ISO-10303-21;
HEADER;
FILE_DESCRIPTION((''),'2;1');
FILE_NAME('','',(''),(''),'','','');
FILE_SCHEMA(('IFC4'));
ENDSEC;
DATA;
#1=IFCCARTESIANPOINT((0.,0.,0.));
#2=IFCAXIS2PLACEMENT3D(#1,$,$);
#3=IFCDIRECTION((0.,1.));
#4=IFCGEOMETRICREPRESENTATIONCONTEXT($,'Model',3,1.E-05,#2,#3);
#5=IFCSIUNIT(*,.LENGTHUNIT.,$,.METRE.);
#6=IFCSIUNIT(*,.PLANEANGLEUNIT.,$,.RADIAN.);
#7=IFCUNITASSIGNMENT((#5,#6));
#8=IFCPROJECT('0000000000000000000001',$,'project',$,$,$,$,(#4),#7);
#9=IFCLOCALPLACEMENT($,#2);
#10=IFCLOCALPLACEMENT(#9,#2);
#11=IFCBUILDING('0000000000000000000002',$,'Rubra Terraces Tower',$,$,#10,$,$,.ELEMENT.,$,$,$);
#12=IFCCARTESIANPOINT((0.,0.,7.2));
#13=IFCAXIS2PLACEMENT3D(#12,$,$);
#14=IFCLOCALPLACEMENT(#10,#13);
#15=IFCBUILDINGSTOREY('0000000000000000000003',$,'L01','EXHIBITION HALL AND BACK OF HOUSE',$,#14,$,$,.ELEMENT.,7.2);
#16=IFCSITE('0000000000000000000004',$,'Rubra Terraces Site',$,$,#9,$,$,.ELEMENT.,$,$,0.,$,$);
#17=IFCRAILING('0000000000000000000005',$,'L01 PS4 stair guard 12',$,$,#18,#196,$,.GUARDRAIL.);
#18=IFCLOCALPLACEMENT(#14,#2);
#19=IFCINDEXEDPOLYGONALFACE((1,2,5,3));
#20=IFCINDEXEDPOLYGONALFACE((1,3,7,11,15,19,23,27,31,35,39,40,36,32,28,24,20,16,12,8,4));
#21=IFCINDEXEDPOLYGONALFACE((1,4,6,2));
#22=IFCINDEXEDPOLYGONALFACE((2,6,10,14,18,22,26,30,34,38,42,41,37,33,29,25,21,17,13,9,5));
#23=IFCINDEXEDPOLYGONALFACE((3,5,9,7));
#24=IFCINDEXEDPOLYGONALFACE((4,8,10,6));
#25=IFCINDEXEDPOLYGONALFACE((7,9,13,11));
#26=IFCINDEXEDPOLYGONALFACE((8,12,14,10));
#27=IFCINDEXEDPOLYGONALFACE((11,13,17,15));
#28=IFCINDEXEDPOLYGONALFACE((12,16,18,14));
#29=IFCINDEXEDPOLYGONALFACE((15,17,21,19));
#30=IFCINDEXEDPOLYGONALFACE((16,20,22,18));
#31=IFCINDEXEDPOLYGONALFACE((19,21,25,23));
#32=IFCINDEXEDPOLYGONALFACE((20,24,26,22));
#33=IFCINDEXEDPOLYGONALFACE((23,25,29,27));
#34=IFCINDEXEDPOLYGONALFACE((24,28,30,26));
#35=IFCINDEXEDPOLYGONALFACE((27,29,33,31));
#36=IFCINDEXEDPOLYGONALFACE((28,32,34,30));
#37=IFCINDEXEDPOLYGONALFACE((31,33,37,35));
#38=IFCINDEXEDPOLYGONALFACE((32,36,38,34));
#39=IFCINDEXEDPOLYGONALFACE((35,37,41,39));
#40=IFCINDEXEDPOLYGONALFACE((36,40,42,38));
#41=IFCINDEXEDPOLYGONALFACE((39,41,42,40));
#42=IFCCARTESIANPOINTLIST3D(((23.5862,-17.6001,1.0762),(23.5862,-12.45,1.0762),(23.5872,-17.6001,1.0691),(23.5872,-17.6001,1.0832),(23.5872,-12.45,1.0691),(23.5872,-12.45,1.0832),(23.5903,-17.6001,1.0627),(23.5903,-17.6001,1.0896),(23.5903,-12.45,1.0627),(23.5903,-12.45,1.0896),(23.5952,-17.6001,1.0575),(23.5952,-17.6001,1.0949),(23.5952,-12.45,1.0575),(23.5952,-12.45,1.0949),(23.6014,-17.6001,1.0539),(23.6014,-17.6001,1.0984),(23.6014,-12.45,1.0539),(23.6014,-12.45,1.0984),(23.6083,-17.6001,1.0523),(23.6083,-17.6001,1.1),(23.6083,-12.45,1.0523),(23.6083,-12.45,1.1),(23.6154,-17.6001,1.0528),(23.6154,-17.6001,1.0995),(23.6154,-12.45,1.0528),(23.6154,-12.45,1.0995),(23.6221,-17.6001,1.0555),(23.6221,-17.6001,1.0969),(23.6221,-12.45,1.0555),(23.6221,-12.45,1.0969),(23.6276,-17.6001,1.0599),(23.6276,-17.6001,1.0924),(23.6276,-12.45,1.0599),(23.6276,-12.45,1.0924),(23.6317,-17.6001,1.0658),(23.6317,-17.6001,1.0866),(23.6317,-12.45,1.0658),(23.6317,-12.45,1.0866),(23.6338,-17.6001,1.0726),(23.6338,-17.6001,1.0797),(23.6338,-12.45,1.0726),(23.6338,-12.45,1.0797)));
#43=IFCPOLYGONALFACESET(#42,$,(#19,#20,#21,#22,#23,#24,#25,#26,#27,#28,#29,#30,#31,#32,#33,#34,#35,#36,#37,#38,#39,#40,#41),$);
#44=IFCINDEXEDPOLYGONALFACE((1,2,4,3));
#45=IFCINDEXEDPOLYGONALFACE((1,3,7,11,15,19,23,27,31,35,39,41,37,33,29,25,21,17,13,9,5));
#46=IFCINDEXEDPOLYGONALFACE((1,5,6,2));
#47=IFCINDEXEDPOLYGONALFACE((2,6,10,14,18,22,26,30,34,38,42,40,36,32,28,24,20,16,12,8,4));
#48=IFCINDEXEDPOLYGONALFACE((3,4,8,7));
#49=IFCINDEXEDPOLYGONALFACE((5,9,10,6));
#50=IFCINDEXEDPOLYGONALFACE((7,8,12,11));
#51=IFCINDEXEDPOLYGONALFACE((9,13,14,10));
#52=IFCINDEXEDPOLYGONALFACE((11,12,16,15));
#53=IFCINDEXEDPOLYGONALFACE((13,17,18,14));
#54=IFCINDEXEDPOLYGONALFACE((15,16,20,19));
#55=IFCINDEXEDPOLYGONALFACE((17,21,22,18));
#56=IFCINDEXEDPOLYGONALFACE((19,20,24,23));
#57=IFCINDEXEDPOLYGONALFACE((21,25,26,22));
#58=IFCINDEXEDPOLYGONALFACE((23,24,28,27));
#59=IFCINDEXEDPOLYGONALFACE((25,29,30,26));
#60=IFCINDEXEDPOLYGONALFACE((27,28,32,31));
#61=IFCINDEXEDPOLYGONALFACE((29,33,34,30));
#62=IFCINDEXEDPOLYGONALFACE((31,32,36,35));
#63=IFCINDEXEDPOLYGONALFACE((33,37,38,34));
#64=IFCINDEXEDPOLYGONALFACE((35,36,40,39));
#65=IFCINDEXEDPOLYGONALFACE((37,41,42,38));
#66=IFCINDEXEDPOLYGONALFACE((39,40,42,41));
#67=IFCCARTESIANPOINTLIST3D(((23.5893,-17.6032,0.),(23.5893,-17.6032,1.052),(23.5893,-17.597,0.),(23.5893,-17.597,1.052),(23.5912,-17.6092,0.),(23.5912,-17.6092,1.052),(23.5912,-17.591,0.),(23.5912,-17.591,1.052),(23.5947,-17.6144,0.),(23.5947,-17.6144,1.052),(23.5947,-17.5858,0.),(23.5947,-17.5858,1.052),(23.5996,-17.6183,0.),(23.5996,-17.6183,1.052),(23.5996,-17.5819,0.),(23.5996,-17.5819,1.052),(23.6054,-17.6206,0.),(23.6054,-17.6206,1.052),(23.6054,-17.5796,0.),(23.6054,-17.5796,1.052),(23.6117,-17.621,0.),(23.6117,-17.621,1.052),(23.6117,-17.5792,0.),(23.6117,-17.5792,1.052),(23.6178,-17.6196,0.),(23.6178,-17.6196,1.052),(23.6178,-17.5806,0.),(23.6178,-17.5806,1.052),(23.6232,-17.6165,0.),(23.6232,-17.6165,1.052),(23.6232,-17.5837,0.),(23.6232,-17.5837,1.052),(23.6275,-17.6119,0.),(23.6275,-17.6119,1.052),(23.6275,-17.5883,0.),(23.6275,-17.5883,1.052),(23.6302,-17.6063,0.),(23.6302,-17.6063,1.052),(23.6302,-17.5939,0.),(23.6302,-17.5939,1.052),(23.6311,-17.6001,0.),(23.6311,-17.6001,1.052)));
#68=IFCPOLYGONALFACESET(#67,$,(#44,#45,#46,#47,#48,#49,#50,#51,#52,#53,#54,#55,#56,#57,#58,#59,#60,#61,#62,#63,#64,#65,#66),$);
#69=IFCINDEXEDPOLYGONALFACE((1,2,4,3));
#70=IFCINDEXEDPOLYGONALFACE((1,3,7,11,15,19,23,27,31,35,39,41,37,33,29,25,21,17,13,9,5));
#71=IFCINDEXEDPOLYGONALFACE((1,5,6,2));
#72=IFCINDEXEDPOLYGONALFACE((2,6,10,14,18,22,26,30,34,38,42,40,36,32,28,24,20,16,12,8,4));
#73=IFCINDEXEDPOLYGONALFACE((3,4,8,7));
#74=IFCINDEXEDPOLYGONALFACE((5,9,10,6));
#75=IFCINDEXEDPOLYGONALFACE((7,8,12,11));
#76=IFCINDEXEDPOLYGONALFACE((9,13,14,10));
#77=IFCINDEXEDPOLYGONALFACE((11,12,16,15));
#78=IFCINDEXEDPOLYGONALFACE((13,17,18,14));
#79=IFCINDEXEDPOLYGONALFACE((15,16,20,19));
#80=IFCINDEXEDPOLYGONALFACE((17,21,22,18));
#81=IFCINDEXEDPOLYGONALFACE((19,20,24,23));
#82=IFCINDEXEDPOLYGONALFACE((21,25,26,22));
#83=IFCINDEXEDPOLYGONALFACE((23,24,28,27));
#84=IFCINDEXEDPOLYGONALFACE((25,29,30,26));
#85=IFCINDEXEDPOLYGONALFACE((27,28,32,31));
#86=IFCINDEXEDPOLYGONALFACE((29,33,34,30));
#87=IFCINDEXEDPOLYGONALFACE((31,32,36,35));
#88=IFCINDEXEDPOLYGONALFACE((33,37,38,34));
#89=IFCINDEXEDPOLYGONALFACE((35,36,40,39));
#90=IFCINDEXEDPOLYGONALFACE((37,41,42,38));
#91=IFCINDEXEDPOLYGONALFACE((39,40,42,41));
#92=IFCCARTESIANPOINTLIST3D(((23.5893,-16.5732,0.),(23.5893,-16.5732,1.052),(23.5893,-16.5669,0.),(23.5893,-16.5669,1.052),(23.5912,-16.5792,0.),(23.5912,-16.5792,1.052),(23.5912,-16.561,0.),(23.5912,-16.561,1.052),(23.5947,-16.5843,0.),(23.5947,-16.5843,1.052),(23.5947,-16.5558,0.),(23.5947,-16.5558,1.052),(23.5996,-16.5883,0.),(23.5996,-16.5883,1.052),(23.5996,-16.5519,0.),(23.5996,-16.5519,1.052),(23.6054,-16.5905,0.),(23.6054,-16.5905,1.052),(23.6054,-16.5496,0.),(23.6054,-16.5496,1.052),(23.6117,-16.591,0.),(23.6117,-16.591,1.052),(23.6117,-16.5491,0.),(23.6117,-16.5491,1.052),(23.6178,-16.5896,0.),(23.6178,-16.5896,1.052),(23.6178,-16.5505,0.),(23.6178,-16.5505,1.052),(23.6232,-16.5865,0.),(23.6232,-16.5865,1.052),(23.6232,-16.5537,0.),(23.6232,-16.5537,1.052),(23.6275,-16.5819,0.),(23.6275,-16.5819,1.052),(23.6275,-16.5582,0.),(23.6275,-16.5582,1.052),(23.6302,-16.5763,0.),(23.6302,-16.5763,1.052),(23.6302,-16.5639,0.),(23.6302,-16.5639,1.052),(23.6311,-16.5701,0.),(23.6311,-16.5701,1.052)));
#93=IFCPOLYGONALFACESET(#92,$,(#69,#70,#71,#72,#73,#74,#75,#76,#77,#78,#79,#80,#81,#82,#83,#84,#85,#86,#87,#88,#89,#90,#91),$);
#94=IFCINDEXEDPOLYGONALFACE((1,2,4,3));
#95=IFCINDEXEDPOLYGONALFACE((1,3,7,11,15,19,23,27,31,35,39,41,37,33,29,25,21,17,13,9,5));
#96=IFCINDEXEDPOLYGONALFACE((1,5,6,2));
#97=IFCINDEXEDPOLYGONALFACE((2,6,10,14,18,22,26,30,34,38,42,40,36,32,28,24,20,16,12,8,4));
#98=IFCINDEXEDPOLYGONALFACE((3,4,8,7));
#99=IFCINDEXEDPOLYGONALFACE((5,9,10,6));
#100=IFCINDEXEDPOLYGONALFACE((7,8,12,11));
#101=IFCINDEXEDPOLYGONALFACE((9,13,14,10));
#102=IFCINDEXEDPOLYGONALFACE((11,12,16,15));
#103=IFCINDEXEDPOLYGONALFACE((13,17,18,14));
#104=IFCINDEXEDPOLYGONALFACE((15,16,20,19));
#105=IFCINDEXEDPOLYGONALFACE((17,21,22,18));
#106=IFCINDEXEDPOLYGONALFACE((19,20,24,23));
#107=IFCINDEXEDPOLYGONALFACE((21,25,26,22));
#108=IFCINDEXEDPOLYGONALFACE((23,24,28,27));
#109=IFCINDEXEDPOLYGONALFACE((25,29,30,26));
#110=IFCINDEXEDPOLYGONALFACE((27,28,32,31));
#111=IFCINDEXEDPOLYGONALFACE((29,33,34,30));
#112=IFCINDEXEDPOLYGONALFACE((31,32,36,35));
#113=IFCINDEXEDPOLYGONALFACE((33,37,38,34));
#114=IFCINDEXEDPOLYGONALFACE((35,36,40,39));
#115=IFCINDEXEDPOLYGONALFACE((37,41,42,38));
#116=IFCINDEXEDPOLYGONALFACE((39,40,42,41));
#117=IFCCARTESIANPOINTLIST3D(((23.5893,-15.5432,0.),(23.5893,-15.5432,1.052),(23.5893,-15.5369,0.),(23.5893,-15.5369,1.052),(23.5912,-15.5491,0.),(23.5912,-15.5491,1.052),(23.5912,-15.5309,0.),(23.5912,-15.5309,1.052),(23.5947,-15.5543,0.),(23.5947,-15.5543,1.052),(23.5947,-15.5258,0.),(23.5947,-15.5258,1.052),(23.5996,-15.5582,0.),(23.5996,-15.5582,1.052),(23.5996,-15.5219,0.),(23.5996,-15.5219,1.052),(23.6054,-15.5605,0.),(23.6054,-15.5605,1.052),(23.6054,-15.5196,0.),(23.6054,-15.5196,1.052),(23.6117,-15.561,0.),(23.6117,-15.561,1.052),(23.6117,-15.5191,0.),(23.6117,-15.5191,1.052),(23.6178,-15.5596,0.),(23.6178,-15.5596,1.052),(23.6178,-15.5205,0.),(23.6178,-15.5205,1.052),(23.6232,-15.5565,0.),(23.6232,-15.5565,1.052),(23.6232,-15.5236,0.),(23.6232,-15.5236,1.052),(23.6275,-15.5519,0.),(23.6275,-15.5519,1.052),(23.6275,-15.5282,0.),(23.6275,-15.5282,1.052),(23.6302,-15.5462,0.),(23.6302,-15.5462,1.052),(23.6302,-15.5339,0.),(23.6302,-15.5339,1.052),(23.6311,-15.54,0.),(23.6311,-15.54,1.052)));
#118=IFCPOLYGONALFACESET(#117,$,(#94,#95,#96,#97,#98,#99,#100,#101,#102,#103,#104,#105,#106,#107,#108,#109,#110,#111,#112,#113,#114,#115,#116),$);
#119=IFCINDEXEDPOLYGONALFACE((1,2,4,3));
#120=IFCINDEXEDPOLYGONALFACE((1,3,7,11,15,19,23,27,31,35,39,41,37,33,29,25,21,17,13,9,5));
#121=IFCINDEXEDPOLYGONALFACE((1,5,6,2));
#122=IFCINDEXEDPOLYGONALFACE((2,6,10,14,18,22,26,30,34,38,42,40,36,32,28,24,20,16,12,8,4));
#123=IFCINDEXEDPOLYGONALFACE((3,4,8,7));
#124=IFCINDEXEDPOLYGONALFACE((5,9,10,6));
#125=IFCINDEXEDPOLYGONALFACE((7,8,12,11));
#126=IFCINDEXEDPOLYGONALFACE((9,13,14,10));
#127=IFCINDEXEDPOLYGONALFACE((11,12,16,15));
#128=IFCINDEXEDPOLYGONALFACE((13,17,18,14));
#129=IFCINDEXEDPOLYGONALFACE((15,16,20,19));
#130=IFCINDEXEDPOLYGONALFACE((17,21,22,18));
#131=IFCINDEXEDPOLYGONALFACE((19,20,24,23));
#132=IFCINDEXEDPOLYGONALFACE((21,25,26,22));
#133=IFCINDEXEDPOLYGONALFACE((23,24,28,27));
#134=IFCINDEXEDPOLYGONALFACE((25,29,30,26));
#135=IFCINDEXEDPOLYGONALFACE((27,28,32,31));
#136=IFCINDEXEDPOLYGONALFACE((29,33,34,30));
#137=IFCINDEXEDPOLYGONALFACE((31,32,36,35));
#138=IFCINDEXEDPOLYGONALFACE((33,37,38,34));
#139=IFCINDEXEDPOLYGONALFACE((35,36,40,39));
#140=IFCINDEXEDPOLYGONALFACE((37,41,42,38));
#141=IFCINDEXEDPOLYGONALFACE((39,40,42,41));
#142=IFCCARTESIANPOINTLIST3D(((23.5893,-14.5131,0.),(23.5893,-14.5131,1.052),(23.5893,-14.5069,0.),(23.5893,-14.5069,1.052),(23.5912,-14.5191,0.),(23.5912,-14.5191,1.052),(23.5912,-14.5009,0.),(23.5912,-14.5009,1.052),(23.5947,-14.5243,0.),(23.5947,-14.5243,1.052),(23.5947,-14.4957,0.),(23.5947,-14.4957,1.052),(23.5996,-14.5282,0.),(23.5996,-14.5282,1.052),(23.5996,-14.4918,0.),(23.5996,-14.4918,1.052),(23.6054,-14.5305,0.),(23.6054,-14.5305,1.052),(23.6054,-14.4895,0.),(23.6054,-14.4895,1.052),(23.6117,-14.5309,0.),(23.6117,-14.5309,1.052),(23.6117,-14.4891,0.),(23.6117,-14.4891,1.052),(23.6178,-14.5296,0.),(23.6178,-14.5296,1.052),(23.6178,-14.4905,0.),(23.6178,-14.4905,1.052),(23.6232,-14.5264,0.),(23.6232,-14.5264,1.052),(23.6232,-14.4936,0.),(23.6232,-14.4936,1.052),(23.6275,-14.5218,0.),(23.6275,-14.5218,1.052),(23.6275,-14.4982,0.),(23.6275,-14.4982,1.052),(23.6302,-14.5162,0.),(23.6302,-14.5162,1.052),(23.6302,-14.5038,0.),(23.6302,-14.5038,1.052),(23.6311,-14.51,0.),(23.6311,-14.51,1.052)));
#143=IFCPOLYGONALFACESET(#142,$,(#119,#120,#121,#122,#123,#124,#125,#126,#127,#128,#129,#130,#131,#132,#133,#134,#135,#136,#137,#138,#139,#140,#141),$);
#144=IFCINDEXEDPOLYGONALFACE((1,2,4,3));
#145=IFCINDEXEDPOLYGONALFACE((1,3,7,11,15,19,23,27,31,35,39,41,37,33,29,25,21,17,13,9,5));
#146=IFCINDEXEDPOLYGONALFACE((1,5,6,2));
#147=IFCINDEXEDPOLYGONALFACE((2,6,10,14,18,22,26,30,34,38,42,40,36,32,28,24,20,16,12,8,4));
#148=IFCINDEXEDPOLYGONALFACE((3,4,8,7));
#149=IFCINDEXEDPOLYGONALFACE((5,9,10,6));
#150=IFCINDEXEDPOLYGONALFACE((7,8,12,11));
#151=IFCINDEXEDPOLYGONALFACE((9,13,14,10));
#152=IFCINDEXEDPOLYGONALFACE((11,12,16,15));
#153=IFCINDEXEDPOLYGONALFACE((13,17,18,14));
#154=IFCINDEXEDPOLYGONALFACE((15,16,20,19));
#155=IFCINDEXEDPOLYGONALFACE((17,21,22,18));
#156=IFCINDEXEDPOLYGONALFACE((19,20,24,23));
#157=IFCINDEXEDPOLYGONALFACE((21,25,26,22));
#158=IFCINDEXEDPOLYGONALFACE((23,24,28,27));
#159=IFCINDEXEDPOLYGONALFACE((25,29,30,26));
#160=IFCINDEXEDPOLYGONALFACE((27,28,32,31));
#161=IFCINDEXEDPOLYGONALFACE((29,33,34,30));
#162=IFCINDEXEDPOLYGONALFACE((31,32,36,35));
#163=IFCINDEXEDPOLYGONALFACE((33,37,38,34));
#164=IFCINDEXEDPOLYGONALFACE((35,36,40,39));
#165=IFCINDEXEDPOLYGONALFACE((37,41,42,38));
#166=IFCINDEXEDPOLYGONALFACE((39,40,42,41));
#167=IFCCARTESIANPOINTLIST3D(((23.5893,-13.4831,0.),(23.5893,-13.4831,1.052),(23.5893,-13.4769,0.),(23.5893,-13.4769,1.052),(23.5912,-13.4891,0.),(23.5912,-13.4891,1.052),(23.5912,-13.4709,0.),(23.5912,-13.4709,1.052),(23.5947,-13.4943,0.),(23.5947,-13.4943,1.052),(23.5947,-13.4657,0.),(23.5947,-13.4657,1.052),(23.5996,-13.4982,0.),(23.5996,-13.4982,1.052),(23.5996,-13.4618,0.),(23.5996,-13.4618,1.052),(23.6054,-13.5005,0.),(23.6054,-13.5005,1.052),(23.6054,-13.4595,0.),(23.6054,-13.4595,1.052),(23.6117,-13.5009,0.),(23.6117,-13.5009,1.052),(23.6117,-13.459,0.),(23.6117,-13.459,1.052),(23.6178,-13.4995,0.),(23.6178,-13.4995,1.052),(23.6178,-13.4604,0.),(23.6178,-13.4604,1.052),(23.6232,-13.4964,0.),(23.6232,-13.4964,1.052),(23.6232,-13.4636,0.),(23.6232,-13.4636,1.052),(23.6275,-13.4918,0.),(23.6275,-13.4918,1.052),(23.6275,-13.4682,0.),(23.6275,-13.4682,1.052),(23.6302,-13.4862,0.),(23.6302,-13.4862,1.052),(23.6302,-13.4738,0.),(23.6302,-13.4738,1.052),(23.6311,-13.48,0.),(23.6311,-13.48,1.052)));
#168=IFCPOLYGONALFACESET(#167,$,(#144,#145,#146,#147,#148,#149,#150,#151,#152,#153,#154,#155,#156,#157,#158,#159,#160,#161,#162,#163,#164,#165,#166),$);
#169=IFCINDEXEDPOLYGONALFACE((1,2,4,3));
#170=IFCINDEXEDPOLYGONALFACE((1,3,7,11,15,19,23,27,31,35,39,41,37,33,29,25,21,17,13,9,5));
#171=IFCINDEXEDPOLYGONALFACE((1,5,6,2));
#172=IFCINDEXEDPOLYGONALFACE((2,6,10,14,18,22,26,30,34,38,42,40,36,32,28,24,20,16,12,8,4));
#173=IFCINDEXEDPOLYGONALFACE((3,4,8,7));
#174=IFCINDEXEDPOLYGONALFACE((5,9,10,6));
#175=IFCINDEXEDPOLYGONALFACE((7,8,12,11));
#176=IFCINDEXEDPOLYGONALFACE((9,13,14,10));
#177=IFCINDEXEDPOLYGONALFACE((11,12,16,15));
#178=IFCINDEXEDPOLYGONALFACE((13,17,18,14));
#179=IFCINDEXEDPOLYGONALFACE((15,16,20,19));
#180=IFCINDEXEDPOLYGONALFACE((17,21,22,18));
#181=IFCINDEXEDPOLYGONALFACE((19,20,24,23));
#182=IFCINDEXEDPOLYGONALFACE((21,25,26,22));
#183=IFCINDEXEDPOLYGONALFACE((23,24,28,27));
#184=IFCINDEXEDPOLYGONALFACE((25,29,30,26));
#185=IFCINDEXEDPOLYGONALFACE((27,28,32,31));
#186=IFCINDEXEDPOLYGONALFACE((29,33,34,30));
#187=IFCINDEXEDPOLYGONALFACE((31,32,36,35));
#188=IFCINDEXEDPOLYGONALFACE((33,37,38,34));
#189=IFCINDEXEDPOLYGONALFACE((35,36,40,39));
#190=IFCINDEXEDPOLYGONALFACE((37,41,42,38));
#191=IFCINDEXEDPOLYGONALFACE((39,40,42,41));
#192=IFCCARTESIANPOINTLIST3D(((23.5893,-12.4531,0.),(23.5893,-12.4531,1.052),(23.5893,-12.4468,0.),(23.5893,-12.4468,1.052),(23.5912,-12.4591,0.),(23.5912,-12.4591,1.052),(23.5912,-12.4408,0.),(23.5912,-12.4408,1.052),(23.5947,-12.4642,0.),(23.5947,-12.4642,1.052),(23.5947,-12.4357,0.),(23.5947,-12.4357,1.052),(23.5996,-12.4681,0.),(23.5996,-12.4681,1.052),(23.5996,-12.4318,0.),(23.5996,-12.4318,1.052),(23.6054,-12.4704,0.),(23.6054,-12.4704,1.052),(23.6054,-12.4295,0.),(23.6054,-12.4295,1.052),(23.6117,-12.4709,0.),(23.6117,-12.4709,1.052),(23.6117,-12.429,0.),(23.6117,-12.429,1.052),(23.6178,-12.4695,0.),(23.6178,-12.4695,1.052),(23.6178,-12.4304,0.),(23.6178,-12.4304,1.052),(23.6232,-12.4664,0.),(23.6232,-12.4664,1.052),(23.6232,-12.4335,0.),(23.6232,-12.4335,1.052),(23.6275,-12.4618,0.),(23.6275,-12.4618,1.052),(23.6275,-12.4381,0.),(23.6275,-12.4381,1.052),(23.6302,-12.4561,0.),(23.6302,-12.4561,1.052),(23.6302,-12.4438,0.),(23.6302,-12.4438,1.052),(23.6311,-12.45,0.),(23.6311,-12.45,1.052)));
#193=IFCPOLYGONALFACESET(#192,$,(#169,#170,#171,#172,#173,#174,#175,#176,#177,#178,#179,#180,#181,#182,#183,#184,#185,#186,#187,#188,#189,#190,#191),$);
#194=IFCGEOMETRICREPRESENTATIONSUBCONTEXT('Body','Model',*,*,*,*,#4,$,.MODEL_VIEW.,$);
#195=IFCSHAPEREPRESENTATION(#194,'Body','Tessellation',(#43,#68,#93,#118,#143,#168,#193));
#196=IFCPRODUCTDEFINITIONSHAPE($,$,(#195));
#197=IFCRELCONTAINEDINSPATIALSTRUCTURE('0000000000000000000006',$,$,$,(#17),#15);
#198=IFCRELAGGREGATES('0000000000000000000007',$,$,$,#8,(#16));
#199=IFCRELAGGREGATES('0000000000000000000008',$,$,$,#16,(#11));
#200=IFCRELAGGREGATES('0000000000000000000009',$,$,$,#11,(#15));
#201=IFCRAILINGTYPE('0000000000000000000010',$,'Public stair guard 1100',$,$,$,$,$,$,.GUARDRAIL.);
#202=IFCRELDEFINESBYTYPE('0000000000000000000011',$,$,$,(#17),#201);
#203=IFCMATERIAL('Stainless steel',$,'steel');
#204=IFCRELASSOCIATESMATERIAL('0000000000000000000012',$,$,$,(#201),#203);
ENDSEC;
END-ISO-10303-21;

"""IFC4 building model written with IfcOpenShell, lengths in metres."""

from ifc_helpers import new_model, si_unit, direction, frame, origin, origin_2d, place, context, subcontext, project, spatial, circle, extrude, material, type_object, element, save


model = new_model("IFC4")

# Units and contexts
model_context = context("Model", 3, precision=1e-05, world=origin(), true_north=direction((0.0, 1.0)))
body_context = subcontext(model_context, "Body", "Model", "MODEL_VIEW")
ifc_project = project(units=[si_unit("LENGTHUNIT", "METRE"), si_unit("PLANEANGLEUNIT", "RADIAN")], contexts=[model_context])

# Site, building, storey
site_placement = place(None, origin())
site = spatial("IfcSite", under=ifc_project, at=site_placement, Name="Rubra Terraces Site", CompositionType="ELEMENT", RefElevation=0.0)
building_placement = place(site_placement, origin())
building = spatial("IfcBuilding", under=site, at=building_placement, Name="Rubra Terraces Tower", CompositionType="ELEMENT")
storey_placement = place(building_placement, frame((0.0, 0.0, 7.2)))
storey = spatial("IfcBuildingStorey", under=building, at=storey_placement, Name="L01", Description="EXHIBITION HALL AND BACK OF HOUSE", CompositionType="ELEMENT", Elevation=7.2)

# Railing
ifc_material_1 = material(Name="Stainless steel", Category="steel")
railing_type = type_object("IfcRailingType", Name="Public stair guard 1100", PredefinedType="GUARDRAIL", material=ifc_material_1)
railing_1_placement = place(storey_placement, frame((23.6101, -17.6001, 0.0)))
element("IfcRailing", 1, at=railing_1_placement, inside=storey, type_object=railing_type, Name="L01 PS4 stair guard 12", PredefinedType="GUARDRAIL", context=body_context, shape_type="SweptSolid", body=[
    extrude(circle(Radius=0.0239, at=origin_2d()), frame((0.0, 0.0, 1.0762), z_axis=(0.0, 1.0, 0.0), x_axis=(-1.0, 0.0, 0.0)), (0.0, 0.0, 1.0), 5.1501),
    extrude(circle(Radius=0.021, at=origin_2d()), origin(), (0.0, 0.0, 1.0), 1.052),
    extrude(circle(Radius=0.021, at=origin_2d()), frame((0.0, 1.03, 0.0)), (0.0, 0.0, 1.0), 1.052),
    extrude(circle(Radius=0.021, at=origin_2d()), frame((0.0, 2.0601, 0.0)), (0.0, 0.0, 1.0), 1.052),
    extrude(circle(Radius=0.021, at=origin_2d()), frame((0.0, 3.0901, 0.0)), (0.0, 0.0, 1.0), 1.052),
    extrude(circle(Radius=0.021, at=origin_2d()), frame((0.0, 4.1201, 0.0)), (0.0, 0.0, 1.0), 1.052),
    extrude(circle(Radius=0.021, at=origin_2d()), frame((0.0, 5.1501, 0.0)), (0.0, 0.0, 1.0), 1.052),
])

save(model, "model.ifc")
